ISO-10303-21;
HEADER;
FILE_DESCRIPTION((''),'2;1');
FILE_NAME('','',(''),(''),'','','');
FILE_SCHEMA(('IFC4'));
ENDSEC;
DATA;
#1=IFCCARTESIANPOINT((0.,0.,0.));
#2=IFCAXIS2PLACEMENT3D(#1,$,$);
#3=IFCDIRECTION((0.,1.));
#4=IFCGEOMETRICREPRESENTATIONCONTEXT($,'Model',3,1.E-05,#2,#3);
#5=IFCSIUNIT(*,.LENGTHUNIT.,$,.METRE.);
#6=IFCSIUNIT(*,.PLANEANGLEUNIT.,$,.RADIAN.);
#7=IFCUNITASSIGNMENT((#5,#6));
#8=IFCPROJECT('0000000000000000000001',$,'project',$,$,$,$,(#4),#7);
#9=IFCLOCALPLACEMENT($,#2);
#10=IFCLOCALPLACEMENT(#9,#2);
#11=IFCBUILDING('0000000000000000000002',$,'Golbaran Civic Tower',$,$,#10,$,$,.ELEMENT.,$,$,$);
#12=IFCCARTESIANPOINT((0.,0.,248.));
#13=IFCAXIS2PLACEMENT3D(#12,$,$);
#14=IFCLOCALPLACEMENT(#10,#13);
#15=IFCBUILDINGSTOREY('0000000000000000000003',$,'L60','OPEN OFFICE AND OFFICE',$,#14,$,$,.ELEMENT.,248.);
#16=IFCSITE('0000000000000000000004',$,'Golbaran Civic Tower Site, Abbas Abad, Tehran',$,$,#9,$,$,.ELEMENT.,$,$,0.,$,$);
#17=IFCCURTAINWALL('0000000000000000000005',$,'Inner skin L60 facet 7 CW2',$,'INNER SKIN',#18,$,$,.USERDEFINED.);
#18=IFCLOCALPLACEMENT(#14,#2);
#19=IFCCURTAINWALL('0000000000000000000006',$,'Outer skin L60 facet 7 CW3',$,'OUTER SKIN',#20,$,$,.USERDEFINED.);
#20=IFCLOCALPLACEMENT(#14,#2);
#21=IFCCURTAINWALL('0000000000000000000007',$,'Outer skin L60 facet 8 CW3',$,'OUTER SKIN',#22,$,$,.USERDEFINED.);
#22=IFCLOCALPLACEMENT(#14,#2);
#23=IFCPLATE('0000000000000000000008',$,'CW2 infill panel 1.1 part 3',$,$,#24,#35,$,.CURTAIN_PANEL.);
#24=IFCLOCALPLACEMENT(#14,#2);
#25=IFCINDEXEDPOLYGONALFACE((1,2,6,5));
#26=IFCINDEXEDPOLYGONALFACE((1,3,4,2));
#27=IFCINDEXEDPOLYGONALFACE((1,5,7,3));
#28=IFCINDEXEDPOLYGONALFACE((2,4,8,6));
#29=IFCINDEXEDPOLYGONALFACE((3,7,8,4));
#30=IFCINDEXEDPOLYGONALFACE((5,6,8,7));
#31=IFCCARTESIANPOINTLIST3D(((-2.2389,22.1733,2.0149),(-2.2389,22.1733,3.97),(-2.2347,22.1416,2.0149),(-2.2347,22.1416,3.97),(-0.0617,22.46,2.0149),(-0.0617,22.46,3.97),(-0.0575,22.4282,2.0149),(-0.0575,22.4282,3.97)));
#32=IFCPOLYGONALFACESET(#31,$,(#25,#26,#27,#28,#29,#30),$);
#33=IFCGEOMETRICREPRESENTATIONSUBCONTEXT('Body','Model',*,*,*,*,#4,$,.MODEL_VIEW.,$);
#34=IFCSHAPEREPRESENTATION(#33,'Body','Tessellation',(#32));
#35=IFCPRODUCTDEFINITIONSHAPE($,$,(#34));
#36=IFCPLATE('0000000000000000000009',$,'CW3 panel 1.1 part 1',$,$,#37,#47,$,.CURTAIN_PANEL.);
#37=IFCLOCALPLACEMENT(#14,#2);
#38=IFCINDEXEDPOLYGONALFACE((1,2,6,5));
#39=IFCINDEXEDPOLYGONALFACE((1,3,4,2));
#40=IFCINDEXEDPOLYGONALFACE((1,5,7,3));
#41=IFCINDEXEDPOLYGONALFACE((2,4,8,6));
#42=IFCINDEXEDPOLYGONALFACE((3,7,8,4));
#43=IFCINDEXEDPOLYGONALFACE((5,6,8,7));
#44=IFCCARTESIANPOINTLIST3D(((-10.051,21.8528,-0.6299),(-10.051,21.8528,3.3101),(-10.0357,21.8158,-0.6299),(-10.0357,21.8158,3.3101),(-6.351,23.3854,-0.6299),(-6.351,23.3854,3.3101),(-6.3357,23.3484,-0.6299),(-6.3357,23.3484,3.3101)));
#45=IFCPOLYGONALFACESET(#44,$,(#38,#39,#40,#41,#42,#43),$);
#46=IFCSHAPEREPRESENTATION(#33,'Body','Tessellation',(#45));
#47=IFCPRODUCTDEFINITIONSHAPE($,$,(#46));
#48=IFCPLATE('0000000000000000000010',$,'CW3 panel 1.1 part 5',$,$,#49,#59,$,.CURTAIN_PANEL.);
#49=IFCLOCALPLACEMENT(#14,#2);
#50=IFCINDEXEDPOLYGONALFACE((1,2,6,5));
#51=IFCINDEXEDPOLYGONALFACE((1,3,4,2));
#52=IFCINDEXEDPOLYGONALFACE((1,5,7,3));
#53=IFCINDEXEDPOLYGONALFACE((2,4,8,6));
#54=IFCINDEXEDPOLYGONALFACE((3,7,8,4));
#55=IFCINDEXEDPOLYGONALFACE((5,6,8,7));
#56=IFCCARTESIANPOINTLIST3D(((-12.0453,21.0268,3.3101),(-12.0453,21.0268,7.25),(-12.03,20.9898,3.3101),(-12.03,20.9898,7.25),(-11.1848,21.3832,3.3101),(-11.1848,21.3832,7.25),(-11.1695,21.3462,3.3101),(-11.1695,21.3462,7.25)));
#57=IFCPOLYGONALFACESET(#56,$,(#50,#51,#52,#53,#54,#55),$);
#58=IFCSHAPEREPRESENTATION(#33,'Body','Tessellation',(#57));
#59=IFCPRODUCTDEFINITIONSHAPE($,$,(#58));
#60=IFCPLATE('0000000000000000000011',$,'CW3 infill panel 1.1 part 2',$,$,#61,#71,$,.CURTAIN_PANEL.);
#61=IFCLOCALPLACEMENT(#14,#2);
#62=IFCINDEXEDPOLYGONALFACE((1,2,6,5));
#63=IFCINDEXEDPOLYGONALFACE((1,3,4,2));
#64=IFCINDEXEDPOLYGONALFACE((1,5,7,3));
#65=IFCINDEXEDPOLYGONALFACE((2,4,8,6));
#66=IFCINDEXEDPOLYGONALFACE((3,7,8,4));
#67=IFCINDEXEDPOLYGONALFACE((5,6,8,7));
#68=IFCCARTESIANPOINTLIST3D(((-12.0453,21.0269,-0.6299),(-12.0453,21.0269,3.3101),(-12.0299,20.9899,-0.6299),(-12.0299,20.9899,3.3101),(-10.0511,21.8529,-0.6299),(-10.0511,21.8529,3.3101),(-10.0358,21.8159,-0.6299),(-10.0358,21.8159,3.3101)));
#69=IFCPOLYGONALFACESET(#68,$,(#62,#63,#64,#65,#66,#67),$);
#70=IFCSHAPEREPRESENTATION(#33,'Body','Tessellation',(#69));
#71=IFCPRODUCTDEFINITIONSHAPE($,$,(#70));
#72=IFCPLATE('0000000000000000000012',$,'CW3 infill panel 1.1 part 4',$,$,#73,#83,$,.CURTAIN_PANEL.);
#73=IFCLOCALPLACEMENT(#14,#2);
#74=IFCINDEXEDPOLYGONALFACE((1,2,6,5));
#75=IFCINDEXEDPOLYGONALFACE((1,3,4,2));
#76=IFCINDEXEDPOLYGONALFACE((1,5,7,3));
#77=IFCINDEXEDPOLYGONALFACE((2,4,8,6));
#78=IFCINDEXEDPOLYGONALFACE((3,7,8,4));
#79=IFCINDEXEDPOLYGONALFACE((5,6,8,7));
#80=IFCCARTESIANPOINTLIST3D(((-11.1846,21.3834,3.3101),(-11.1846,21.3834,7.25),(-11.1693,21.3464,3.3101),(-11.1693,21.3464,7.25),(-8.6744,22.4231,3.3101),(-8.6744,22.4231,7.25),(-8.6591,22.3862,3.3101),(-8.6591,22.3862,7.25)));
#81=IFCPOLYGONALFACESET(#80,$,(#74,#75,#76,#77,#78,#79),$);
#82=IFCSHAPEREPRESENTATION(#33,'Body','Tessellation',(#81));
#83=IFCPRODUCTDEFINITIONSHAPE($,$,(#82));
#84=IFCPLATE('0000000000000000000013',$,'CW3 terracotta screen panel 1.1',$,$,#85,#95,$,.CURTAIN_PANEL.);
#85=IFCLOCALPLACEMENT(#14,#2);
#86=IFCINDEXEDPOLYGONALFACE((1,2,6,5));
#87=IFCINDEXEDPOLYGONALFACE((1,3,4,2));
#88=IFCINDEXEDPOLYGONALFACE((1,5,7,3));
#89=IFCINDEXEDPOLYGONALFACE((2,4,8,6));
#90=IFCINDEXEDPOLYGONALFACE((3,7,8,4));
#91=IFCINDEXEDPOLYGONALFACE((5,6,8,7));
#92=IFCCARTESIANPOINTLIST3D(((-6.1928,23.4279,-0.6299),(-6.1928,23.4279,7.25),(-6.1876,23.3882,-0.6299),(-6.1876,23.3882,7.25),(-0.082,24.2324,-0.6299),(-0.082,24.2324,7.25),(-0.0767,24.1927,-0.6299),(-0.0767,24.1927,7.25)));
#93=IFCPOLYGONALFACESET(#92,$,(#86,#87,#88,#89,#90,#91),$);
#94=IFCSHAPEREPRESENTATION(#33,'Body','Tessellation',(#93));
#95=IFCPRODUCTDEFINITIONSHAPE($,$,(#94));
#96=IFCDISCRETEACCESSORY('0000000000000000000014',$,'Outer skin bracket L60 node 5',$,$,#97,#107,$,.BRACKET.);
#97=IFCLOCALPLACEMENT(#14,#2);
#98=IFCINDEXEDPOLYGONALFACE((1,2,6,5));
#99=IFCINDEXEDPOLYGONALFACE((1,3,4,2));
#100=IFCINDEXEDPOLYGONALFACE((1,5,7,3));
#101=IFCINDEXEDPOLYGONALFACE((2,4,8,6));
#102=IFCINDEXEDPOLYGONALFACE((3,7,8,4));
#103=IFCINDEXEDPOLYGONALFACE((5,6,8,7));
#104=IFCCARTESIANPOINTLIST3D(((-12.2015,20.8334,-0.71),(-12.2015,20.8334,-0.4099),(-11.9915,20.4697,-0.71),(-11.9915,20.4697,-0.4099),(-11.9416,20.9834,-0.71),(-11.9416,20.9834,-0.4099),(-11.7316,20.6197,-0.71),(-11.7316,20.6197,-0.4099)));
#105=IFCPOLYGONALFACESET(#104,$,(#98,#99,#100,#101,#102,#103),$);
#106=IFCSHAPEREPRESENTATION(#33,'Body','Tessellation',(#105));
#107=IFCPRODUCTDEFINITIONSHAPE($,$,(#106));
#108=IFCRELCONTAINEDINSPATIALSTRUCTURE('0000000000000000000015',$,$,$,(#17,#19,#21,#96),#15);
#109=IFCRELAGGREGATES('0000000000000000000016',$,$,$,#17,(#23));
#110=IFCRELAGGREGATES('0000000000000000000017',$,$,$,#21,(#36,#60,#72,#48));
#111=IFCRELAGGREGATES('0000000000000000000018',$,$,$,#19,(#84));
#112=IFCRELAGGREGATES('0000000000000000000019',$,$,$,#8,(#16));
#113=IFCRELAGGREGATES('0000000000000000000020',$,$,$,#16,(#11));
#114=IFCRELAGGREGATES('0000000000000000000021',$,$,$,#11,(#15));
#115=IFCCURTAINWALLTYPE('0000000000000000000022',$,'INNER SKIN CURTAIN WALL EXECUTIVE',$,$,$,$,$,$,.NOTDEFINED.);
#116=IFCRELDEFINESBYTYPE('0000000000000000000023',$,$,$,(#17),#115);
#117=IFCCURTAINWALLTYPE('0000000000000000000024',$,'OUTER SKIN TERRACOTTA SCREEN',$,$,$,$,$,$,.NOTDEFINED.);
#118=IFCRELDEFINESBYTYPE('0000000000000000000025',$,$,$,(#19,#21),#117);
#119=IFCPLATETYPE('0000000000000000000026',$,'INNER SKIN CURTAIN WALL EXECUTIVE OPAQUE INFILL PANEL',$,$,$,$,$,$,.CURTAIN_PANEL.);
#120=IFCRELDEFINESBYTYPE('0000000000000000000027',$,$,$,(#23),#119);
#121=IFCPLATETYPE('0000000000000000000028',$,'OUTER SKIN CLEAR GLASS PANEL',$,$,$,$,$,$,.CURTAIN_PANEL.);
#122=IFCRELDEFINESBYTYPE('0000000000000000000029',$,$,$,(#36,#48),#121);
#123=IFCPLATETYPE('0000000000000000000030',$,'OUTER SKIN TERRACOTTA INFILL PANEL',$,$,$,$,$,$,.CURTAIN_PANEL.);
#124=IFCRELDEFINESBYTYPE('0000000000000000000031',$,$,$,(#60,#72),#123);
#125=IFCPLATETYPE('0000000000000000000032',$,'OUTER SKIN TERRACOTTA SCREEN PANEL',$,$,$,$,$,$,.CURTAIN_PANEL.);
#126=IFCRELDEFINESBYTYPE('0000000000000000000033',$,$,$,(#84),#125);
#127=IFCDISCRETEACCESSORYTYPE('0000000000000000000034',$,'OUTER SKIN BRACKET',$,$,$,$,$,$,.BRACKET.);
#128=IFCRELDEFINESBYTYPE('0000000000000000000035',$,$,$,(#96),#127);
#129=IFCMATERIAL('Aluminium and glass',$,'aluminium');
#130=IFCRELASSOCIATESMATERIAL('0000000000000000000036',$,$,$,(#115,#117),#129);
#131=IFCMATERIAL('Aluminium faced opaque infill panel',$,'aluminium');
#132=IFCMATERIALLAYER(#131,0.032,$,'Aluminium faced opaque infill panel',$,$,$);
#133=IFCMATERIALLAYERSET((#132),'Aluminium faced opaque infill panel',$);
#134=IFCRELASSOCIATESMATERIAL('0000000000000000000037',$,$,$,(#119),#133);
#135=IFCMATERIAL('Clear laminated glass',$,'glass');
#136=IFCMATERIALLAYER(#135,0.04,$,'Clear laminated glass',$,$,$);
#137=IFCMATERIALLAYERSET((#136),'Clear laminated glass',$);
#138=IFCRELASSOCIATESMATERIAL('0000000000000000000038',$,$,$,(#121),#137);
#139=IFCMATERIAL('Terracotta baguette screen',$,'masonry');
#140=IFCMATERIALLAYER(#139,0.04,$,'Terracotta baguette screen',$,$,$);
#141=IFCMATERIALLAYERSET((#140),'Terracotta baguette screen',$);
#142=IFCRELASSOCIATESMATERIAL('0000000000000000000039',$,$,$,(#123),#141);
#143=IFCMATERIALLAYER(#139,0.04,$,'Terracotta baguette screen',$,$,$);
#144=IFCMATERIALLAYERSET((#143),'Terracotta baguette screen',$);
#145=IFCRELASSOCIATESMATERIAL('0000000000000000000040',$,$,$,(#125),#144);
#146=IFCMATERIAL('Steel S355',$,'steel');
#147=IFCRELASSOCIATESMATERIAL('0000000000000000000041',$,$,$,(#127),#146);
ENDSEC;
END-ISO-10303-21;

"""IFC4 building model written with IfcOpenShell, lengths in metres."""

from ifc_helpers import new_model, si_unit, direction, frame, origin, origin_2d, place, context, subcontext, project, spatial, rectangle, extrude, material, layer, layer_set, type_object, element, aggregate, save


model = new_model("IFC4")

# Units and contexts
model_context = context("Model", 3, precision=1e-05, world=origin(), true_north=direction((0.0, 1.0)))
body_context = subcontext(model_context, "Body", "Model", "MODEL_VIEW")
ifc_project = project(units=[si_unit("LENGTHUNIT", "METRE"), si_unit("PLANEANGLEUNIT", "RADIAN")], contexts=[model_context])

# Site, building, storey
site_placement = place(None, origin())
site = spatial("IfcSite", under=ifc_project, at=site_placement, Name="Golbaran Civic Tower Site, Abbas Abad, Tehran", CompositionType="ELEMENT", RefElevation=0.0)
building_placement = place(site_placement, origin())
building = spatial("IfcBuilding", under=site, at=building_placement, Name="Golbaran Civic Tower", CompositionType="ELEMENT")
storey_placement = place(building_placement, frame((0.0, 0.0, 248.0)))
storey = spatial("IfcBuildingStorey", under=building, at=storey_placement, Name="L60", Description="OPEN OFFICE AND OFFICE", CompositionType="ELEMENT", Elevation=248.0)

# Shared definitions
ifc_material_1 = material(Name="Steel S355", Category="steel")

# Curtain wall
ifc_material_2 = material(Name="Aluminium and glass", Category="aluminium")
curtain_wall_type_1 = type_object("IfcCurtainWallType", Name="INNER SKIN CURTAIN WALL EXECUTIVE", PredefinedType="NOTDEFINED", material=ifc_material_2)
curtain_wall_1_placement = place(storey_placement, origin())
curtain_wall_1 = element("IfcCurtainWall", 1, at=curtain_wall_1_placement, inside=storey, type_object=curtain_wall_type_1, Name="Inner skin L60 facet 7 CW2", ObjectType="INNER SKIN", PredefinedType="USERDEFINED")

# Curtain walls
curtain_wall_type_2 = type_object("IfcCurtainWallType", Name="OUTER SKIN TERRACOTTA SCREEN", PredefinedType="NOTDEFINED", material=ifc_material_2)
curtain_wall_2_placement = place(storey_placement, origin())
curtain_wall_2 = element("IfcCurtainWall", 2, at=curtain_wall_2_placement, inside=storey, type_object=curtain_wall_type_2, Name="Outer skin L60 facet 7 CW3", ObjectType="OUTER SKIN", PredefinedType="USERDEFINED")
curtain_wall_3_placement = place(storey_placement, origin())
curtain_wall_3 = element("IfcCurtainWall", 3, at=curtain_wall_3_placement, inside=storey, type_object=curtain_wall_type_2, Name="Outer skin L60 facet 8 CW3", ObjectType="OUTER SKIN", PredefinedType="USERDEFINED")

# Plates
ifc_material_3 = material(Name="Aluminium faced opaque infill panel", Category="aluminium")
ifc_layer_1 = layer(ifc_material_3, 0.032, Name="Aluminium faced opaque infill panel")
ifc_layer_set_1 = layer_set([ifc_layer_1], Name="Aluminium faced opaque infill panel")
plate_type_1 = type_object("IfcPlateType", Name="INNER SKIN CURTAIN WALL EXECUTIVE OPAQUE INFILL PANEL", PredefinedType="CURTAIN_PANEL", material=ifc_layer_set_1)
plate_1_placement = place(storey_placement, frame((-1.1482, 22.3008, 2.0149), z_axis=(0.0, 0.0, 1.0), x_axis=(-0.991445, -0.130526, 0.0)))
plate_1 = element("IfcPlate", 4, at=plate_1_placement, type_object=plate_type_1, Name="CW2 infill panel 1.1 part 3", PredefinedType="CURTAIN_PANEL", context=body_context, shape_type="SweptSolid", body=[
    extrude(rectangle(XDim=2.196, YDim=0.032, at=origin_2d()), origin(), (0.0, 0.0, 1.0), 1.9551),
])
aggregate(curtain_wall_1, [plate_1])
ifc_material_4 = material(Name="Clear laminated glass", Category="glass")
ifc_layer_2 = layer(ifc_material_4, 0.04, Name="Clear laminated glass")
ifc_layer_set_2 = layer_set([ifc_layer_2], Name="Clear laminated glass")
plate_type_2 = type_object("IfcPlateType", Name="OUTER SKIN CLEAR GLASS PANEL", PredefinedType="CURTAIN_PANEL", material=ifc_layer_set_2)
plate_2_placement = place(storey_placement, frame((-8.1934, 22.6006, -0.6299), z_axis=(0.0, 0.0, 1.0), x_axis=(-0.92388, -0.382683, 0.0)))
plate_2 = element("IfcPlate", 5, at=plate_2_placement, type_object=plate_type_2, Name="CW3 panel 1.1 part 1", PredefinedType="CURTAIN_PANEL", context=body_context, shape_type="SweptSolid", body=[
    extrude(rectangle(XDim=4.0049, YDim=0.04, at=origin_2d()), origin(), (0.0, 0.0, 1.0), 3.9399),
])
plate_3_placement = place(storey_placement, frame((-11.6074, 21.1865, 3.3101), z_axis=(0.0, 0.0, 1.0), x_axis=(-0.92388, -0.382683, 0.0)))
plate_3 = element("IfcPlate", 6, at=plate_3_placement, type_object=plate_type_2, Name="CW3 panel 1.1 part 5", PredefinedType="CURTAIN_PANEL", context=body_context, shape_type="SweptSolid", body=[
    extrude(rectangle(XDim=0.9314, YDim=0.04, at=origin_2d()), origin(), (0.0, 0.0, 1.0), 3.9399),
])
ifc_material_5 = material(Name="Terracotta baguette screen", Category="masonry")
ifc_layer_3 = layer(ifc_material_5, 0.04, Name="Terracotta baguette screen")
ifc_layer_set_3 = layer_set([ifc_layer_3], Name="Terracotta baguette screen")
plate_type_3 = type_object("IfcPlateType", Name="OUTER SKIN TERRACOTTA INFILL PANEL", PredefinedType="CURTAIN_PANEL", material=ifc_layer_set_3)
plate_4_placement = place(storey_placement, frame((-11.0405, 21.4214, -0.6299), z_axis=(0.0, 0.0, 1.0), x_axis=(-0.92388, -0.382683, 0.0)))
plate_4 = element("IfcPlate", 7, at=plate_4_placement, type_object=plate_type_3, Name="CW3 infill panel 1.1 part 2", PredefinedType="CURTAIN_PANEL", context=body_context, shape_type="SweptSolid", body=[
    extrude(rectangle(XDim=2.1584, YDim=0.04, at=origin_2d()), origin(), (0.0, 0.0, 1.0), 3.9399),
])
plate_5_placement = place(storey_placement, frame((-9.9219, 21.8848, 3.3101), z_axis=(0.0, 0.0, 1.0), x_axis=(-0.92388, -0.382683, 0.0)))
plate_5 = element("IfcPlate", 8, at=plate_5_placement, type_object=plate_type_3, Name="CW3 infill panel 1.1 part 4", PredefinedType="CURTAIN_PANEL", context=body_context, shape_type="SweptSolid", body=[
    extrude(rectangle(XDim=2.717, YDim=0.04, at=origin_2d()), origin(), (0.0, 0.0, 1.0), 3.9399),
])
aggregate(curtain_wall_3, [plate_2, plate_4, plate_5, plate_3])
ifc_layer_4 = layer(ifc_material_5, 0.04, Name="Terracotta baguette screen")
ifc_layer_set_4 = layer_set([ifc_layer_4], Name="Terracotta baguette screen")
plate_type_4 = type_object("IfcPlateType", Name="OUTER SKIN TERRACOTTA SCREEN PANEL", PredefinedType="CURTAIN_PANEL", material=ifc_layer_set_4)
plate_6_placement = place(storey_placement, frame((-3.1348, 23.8103, -0.6299), z_axis=(0.0, 0.0, 1.0), x_axis=(-0.991445, -0.130526, 0.0)))
plate_6 = element("IfcPlate", 9, at=plate_6_placement, type_object=plate_type_4, Name="CW3 terracotta screen panel 1.1", PredefinedType="CURTAIN_PANEL", context=body_context, shape_type="SweptSolid", body=[
    extrude(rectangle(XDim=6.1636, YDim=0.04, at=origin_2d()), origin(), (0.0, 0.0, 1.0), 7.8799),
])
aggregate(curtain_wall_2, [plate_6])

# Discrete accessory
discrete_accessory_type = type_object("IfcDiscreteAccessoryType", Name="OUTER SKIN BRACKET", PredefinedType="BRACKET", material=ifc_material_1)
discrete_accessory_placement = place(storey_placement, frame((-11.9666, 20.7266, -0.71), z_axis=(0.0, 0.0, 1.0), x_axis=(-0.5, 0.866025, 0.0)))
element("IfcDiscreteAccessory", 10, at=discrete_accessory_placement, inside=storey, type_object=discrete_accessory_type, Name="Outer skin bracket L60 node 5", PredefinedType="BRACKET", context=body_context, shape_type="SweptSolid", body=[
    extrude(rectangle(XDim=0.4199, YDim=0.3, at=origin_2d()), origin(), (0.0, 0.0, 1.0), 0.3),
])

save(model, "model.ifc")
